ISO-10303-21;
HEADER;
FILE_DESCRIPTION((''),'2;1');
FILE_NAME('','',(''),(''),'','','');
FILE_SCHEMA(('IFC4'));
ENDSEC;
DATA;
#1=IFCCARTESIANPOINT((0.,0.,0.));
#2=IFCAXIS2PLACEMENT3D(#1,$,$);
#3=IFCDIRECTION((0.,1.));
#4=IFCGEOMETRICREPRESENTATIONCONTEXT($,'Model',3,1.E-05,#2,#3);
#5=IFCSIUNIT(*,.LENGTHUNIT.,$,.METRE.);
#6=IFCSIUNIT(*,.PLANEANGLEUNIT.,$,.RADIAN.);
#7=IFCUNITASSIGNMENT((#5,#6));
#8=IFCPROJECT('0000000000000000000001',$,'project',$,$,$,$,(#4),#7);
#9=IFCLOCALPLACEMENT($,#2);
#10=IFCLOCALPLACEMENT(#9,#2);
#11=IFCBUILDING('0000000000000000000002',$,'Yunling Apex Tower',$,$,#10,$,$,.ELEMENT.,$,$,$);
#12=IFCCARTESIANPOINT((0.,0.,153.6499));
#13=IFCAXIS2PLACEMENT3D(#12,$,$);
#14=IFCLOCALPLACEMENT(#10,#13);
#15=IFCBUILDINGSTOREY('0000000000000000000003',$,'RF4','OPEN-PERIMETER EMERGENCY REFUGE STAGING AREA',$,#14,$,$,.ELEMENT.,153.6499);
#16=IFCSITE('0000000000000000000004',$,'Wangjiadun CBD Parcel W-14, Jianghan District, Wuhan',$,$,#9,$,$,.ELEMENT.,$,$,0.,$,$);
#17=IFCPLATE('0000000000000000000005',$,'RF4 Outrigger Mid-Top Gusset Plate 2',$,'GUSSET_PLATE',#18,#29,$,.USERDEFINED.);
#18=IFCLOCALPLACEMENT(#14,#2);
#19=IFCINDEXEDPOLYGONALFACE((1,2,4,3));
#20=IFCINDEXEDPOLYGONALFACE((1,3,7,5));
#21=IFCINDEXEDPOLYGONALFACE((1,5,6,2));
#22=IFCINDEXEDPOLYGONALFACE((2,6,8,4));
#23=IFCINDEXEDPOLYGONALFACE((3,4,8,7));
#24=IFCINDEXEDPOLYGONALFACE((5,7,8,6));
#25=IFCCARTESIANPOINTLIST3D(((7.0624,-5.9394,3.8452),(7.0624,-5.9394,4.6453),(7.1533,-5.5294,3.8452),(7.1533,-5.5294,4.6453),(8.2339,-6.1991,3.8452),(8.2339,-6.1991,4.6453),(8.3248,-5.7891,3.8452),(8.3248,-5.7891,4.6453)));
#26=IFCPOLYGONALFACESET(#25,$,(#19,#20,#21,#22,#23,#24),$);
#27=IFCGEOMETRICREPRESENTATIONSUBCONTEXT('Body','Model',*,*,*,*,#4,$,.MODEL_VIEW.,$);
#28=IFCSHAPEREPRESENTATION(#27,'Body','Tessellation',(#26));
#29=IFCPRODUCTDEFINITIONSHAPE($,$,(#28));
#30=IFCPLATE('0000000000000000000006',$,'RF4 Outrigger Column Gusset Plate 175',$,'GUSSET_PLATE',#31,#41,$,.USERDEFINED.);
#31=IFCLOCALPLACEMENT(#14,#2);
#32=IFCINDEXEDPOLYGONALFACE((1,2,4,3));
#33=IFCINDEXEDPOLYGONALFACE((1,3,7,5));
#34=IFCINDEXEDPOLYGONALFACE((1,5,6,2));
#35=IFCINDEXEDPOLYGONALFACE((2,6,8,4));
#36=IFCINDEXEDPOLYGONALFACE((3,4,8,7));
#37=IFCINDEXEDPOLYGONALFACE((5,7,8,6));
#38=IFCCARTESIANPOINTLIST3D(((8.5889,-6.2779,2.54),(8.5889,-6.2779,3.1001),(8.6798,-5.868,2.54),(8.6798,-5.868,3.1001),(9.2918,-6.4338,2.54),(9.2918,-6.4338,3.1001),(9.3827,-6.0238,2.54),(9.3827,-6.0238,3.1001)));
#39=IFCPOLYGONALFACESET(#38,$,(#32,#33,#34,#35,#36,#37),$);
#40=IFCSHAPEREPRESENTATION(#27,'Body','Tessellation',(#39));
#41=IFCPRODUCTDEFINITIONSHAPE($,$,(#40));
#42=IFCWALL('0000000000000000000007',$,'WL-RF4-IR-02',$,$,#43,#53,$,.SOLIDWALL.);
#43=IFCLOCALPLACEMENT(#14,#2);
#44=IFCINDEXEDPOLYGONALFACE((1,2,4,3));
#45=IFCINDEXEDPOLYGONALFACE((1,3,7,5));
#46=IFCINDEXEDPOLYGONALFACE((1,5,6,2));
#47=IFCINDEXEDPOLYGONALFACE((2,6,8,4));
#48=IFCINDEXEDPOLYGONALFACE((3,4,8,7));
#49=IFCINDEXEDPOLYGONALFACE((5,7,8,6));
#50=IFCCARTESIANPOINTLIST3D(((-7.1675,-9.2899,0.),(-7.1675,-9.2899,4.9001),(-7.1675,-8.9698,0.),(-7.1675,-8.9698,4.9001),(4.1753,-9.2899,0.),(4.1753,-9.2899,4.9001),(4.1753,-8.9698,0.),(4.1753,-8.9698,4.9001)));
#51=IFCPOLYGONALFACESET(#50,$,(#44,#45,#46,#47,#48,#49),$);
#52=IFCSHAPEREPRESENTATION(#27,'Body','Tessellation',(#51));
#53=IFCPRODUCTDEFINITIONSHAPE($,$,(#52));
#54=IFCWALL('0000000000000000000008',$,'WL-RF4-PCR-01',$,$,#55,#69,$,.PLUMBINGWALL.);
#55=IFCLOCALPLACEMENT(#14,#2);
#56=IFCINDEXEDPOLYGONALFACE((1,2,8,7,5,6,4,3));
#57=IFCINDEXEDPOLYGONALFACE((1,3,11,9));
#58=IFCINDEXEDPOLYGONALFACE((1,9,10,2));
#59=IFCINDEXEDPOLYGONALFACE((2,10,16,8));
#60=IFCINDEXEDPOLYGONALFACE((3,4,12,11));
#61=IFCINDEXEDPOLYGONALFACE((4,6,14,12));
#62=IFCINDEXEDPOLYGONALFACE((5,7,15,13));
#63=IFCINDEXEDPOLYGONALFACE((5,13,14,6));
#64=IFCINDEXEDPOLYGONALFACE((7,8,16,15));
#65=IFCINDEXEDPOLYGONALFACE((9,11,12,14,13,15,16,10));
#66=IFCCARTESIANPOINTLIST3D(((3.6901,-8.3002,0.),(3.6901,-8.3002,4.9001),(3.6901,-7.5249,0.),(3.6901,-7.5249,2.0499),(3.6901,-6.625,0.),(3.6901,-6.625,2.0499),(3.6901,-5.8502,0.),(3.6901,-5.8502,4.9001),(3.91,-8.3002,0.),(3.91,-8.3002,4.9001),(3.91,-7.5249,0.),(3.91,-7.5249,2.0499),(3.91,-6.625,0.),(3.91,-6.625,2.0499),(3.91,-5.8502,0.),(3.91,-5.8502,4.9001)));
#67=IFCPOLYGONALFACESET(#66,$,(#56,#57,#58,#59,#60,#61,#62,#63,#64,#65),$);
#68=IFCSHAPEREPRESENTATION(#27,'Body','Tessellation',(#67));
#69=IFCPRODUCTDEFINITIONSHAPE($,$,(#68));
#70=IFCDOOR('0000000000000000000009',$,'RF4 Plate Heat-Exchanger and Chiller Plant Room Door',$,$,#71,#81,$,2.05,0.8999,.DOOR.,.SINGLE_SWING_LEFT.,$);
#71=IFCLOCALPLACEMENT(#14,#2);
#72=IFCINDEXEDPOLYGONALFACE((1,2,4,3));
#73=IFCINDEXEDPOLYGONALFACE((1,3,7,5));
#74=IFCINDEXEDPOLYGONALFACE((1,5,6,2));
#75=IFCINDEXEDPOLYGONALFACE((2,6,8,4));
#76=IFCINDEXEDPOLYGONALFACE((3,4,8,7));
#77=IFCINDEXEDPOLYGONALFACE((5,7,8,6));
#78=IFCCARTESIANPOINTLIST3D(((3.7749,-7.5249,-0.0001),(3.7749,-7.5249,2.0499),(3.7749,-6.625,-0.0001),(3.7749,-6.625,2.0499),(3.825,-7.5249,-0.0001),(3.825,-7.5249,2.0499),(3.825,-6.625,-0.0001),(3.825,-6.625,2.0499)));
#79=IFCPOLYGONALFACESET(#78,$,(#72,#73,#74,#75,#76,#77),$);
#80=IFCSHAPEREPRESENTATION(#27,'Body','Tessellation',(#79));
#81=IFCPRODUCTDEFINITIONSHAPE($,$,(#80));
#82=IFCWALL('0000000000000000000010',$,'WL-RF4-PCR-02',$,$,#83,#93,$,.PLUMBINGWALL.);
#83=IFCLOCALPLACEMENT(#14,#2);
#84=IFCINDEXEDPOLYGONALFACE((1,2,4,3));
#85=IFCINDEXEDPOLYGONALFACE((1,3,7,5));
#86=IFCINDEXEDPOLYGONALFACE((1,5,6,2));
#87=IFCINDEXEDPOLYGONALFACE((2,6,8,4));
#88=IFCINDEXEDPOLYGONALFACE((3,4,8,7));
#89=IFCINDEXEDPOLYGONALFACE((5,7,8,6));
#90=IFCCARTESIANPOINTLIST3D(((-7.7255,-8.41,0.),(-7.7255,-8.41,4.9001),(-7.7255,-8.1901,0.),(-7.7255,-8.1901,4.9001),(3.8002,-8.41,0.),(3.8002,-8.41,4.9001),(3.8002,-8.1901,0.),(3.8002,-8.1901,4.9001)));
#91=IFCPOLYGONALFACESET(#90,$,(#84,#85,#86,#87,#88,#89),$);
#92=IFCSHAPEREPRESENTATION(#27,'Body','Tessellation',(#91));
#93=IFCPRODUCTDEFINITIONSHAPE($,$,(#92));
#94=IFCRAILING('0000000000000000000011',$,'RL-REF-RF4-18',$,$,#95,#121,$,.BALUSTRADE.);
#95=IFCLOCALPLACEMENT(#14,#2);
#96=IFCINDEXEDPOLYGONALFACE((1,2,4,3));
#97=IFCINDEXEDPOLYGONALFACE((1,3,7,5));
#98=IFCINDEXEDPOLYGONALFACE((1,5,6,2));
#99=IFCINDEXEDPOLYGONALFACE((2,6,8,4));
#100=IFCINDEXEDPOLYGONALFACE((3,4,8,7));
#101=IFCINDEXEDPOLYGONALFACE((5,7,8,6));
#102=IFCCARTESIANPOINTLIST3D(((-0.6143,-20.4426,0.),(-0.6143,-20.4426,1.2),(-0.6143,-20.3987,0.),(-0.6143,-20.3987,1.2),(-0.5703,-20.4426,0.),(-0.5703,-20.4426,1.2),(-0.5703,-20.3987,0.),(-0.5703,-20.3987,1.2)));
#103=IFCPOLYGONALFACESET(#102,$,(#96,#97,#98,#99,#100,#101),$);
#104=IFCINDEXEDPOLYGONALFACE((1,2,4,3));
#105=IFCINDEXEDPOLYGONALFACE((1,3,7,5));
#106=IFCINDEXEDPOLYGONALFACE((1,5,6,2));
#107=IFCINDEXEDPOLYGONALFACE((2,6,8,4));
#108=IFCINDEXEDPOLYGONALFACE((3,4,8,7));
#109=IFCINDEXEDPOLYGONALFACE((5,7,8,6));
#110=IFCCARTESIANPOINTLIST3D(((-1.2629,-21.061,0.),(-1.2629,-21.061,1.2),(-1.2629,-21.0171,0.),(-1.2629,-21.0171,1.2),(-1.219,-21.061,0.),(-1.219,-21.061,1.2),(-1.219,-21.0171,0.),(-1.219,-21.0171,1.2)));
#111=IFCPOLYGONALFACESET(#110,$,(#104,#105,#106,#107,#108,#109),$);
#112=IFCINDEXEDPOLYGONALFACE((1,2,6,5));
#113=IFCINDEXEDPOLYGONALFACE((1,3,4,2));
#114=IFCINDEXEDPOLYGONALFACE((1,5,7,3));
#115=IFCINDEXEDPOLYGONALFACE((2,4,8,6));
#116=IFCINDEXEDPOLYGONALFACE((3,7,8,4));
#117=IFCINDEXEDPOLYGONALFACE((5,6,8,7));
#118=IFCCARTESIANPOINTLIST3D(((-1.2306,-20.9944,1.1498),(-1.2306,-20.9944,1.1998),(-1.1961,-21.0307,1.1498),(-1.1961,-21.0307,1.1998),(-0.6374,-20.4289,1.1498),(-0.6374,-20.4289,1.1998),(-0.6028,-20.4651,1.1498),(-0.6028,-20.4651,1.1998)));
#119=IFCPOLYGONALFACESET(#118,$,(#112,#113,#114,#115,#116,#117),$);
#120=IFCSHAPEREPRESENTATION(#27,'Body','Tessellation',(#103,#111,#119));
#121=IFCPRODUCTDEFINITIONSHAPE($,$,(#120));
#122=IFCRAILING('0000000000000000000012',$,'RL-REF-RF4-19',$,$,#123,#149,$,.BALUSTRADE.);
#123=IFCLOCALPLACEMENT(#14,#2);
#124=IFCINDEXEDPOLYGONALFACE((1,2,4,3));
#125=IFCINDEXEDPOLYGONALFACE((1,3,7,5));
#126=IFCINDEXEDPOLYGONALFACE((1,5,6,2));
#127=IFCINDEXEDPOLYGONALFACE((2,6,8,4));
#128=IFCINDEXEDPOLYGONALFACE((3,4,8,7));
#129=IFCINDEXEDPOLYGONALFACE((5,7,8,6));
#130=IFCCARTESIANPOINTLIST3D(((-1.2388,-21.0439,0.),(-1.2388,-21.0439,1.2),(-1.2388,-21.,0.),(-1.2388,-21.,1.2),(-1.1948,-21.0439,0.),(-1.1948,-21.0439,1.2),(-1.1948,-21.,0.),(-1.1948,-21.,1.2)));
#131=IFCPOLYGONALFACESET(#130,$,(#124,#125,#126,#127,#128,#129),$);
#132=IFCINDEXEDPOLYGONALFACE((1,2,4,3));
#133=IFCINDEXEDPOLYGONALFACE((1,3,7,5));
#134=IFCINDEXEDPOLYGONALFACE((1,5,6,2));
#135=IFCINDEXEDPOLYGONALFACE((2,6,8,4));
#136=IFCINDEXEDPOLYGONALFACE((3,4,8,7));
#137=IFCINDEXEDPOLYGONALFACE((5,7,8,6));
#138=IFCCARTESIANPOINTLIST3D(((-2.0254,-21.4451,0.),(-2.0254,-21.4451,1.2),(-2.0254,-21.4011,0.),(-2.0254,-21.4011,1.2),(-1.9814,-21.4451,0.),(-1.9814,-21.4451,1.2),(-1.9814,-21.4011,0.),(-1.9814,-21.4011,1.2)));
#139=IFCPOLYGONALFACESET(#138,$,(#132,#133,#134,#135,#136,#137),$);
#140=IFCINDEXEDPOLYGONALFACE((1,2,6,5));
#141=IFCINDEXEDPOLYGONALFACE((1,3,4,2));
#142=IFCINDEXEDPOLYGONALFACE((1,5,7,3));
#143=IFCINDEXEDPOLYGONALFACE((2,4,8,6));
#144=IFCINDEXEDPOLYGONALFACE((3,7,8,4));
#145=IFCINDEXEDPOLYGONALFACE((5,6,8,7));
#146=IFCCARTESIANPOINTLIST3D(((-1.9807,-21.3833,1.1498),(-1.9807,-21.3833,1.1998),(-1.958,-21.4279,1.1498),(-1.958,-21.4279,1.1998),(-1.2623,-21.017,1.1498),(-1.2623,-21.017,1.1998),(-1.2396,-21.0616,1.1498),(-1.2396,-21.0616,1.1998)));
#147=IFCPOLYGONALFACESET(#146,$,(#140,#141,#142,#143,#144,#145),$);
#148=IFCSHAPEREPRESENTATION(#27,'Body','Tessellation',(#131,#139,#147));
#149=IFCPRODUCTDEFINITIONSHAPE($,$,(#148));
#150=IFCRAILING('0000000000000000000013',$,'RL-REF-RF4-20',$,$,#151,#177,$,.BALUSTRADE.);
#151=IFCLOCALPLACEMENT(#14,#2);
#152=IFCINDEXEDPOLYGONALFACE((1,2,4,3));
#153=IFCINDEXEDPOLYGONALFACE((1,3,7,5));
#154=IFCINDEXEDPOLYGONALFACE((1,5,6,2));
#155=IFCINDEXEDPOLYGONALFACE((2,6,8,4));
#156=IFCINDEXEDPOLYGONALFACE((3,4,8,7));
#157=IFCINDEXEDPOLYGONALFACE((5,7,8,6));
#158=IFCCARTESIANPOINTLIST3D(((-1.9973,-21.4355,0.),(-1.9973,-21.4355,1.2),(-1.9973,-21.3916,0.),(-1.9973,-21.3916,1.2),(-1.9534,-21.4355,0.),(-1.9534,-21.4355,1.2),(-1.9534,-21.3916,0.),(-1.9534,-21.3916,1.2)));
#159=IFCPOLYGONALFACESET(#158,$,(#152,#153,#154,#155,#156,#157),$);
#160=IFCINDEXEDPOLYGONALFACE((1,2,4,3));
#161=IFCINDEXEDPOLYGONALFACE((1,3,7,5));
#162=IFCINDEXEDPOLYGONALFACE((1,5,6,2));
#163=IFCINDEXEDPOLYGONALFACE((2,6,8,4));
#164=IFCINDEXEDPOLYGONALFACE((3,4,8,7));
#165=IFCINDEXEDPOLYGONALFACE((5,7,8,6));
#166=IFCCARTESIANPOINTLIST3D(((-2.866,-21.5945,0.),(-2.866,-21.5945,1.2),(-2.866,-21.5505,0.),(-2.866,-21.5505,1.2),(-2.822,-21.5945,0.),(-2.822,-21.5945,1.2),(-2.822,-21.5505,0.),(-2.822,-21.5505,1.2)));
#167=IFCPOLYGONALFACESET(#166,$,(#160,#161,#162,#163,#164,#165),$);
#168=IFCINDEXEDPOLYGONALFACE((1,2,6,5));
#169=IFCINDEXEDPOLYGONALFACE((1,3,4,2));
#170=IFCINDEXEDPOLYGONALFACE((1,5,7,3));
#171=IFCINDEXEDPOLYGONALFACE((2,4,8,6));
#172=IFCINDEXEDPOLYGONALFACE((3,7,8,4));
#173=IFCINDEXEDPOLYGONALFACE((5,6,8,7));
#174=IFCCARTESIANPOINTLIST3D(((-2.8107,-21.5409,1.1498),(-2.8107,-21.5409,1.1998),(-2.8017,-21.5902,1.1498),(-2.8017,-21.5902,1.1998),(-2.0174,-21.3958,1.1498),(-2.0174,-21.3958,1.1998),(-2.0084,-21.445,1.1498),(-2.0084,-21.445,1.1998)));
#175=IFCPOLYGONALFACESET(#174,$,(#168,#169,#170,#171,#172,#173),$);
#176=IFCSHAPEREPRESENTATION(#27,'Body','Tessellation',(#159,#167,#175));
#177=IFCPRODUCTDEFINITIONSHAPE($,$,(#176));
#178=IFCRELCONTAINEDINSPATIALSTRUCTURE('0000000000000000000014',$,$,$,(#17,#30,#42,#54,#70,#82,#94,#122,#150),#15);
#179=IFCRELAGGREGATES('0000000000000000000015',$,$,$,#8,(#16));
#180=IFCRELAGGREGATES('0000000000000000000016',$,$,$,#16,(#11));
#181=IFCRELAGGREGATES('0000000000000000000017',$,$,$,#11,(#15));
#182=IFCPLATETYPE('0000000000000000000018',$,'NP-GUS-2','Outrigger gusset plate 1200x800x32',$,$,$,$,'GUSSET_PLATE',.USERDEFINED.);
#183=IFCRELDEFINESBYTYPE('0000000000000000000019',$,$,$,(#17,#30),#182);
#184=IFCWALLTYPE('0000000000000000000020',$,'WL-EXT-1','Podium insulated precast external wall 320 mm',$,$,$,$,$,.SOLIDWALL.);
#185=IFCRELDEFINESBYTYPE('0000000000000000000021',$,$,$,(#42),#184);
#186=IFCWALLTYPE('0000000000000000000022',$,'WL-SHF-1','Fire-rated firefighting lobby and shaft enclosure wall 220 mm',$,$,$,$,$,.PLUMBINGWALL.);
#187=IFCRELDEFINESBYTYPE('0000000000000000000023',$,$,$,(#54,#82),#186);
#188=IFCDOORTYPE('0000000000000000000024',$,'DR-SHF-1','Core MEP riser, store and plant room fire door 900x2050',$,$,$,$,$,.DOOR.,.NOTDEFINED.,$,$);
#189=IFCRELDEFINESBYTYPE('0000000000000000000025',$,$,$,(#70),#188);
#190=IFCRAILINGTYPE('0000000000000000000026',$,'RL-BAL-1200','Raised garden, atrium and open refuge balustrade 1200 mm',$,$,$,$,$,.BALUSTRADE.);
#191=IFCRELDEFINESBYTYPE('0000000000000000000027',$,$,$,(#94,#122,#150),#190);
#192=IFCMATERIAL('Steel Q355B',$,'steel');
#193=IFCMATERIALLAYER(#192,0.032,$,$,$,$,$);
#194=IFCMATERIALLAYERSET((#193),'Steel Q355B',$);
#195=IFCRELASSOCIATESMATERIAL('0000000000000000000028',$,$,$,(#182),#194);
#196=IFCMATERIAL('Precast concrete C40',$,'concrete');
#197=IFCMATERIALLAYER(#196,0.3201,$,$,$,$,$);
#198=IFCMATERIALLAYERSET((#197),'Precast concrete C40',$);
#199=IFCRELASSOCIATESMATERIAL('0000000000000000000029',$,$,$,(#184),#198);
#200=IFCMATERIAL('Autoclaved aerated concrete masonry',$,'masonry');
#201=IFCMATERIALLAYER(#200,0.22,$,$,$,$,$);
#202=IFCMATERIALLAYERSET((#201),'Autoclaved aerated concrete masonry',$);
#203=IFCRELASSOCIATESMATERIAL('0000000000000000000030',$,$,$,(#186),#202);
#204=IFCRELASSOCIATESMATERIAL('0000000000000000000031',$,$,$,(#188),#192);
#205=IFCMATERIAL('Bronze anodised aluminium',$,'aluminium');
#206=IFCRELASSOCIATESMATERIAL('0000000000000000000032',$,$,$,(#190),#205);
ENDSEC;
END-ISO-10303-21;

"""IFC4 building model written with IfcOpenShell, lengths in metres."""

from ifc_helpers import new_model, si_unit, direction, frame, frame_2d, origin, origin_2d, place, context, subcontext, project, spatial, rectangle, extrude, source, transform, mapped, material, layer, layer_set, type_object, element, fill, save


model = new_model("IFC4")

# Units and contexts
model_context = context("Model", 3, precision=1e-05, world=origin(), true_north=direction((0.0, 1.0)))
body_context = subcontext(model_context, "Body", "Model", "MODEL_VIEW")
ifc_project = project(units=[si_unit("LENGTHUNIT", "METRE"), si_unit("PLANEANGLEUNIT", "RADIAN")], contexts=[model_context])

# Site, building, storey
site_placement = place(None, origin())
site = spatial("IfcSite", under=ifc_project, at=site_placement, Name="Wangjiadun CBD Parcel W-14, Jianghan District, Wuhan", CompositionType="ELEMENT", RefElevation=0.0)
building_placement = place(site_placement, origin())
building = spatial("IfcBuilding", under=site, at=building_placement, Name="Yunling Apex Tower", CompositionType="ELEMENT")
storey_placement = place(building_placement, frame((0.0, 0.0, 153.6499)))
storey = spatial("IfcBuildingStorey", under=building, at=storey_placement, Name="RF4", Description="OPEN-PERIMETER EMERGENCY REFUGE STAGING AREA", CompositionType="ELEMENT", Elevation=153.6499)

# Shared definitions
ifc_material_1 = material(Name="Steel Q355B", Category="steel")

# Plates
ifc_layer_1 = layer(ifc_material_1, 0.032)
ifc_layer_set_1 = layer_set([ifc_layer_1], Name="Steel Q355B")
plate_type_1 = type_object("IfcPlateType", Name="NP-GUS-2", Description="Outrigger gusset plate 1200x800x32", ElementType="GUSSET_PLATE", PredefinedType="USERDEFINED", material=ifc_layer_set_1)
shared_shape_1 = source(origin(), body_context, "Body", "SweptSolid", [
    extrude(rectangle(XDim=1.2, YDim=0.4199, at=origin_2d()), origin(), (0.0, 0.0, 1.0), 0.8),
])
plate_1_placement = place(storey_placement, frame((7.6936, -5.8643, 3.8452), z_axis=(0.0, 0.0, 1.0), x_axis=(0.976296, -0.21644, 0.0)))
element("IfcPlate", 1, at=plate_1_placement, inside=storey, type_object=plate_type_1, Name="RF4 Outrigger Mid-Top Gusset Plate 2", ObjectType="GUSSET_PLATE", PredefinedType="USERDEFINED", context=body_context, shape_type="MappedRepresentation", body=[
    mapped(shared_shape_1, transform((0.0, 0.0, 0.0), scale=1.0)),
])
shared_shape_2 = source(origin(), body_context, "Body", "SweptSolid", [
    extrude(rectangle(XDim=0.72, YDim=0.4199, at=origin_2d()), origin(), (0.0, 0.0, 1.0), 0.5601),
])
plate_2_placement = place(storey_placement, frame((8.9858, -6.1509, 2.54), z_axis=(0.0, 0.0, 1.0), x_axis=(0.976296, -0.21644, 0.0)))
element("IfcPlate", 2, at=plate_2_placement, inside=storey, type_object=plate_type_1, Name="RF4 Outrigger Column Gusset Plate 175", ObjectType="GUSSET_PLATE", PredefinedType="USERDEFINED", context=body_context, shape_type="MappedRepresentation", body=[
    mapped(shared_shape_2, transform((0.0, 0.0, 0.0), scale=1.0)),
])

# Wall
ifc_material_2 = material(Name="Precast concrete C40", Category="concrete")
ifc_layer_2 = layer(ifc_material_2, 0.3201)
ifc_layer_set_2 = layer_set([ifc_layer_2], Name="Precast concrete C40")
wall_type_1 = type_object("IfcWallType", Name="WL-EXT-1", Description="Podium insulated precast external wall 320 mm", PredefinedType="SOLIDWALL", material=ifc_layer_set_2)
wall_1_placement = place(storey_placement, frame((4.1753, -9.1299, 0.0), z_axis=(0.0, 0.0, 1.0), x_axis=(-1.0, 0.0, 0.0)))
element("IfcWall", 3, at=wall_1_placement, inside=storey, type_object=wall_type_1, Name="WL-RF4-IR-02", PredefinedType="SOLIDWALL", context=body_context, shape_type="SweptSolid", body=[
    extrude(rectangle(XDim=11.3428, YDim=0.3201, at=frame_2d((5.6714, 0.0))), origin(), (0.0, 0.0, 1.0), 4.9001),
])

# Wall, opening, door
ifc_material_3 = material(Name="Autoclaved aerated concrete masonry", Category="masonry")
ifc_layer_3 = layer(ifc_material_3, 0.22)
ifc_layer_set_3 = layer_set([ifc_layer_3], Name="Autoclaved aerated concrete masonry")
wall_type_2 = type_object("IfcWallType", Name="WL-SHF-1", Description="Fire-rated firefighting lobby and shaft enclosure wall 220 mm", PredefinedType="PLUMBINGWALL", material=ifc_layer_set_3)
wall_2_placement = place(storey_placement, frame((3.8, -5.8501, 0.0), z_axis=(0.0, 0.0, 1.0), x_axis=(0.0, -1.0, 0.0)))
wall_2 = element("IfcWall", 4, at=wall_2_placement, inside=storey, type_object=wall_type_2, Name="WL-RF4-PCR-01", PredefinedType="PLUMBINGWALL", context=body_context, shape_type="SweptSolid", body=[
    extrude(rectangle(XDim=2.45, YDim=0.22, at=frame_2d((1.2251, 0.0))), origin(), (0.0, 0.0, 1.0), 4.9001),
])
opening_placement = place(wall_2_placement, frame((0.7749, 0.0, 0.0)))
opening = element("IfcOpeningElement", 5, at=opening_placement, cuts=wall_2, PredefinedType="OPENING", context=body_context, shape_type="SweptSolid", body=[
    extrude(rectangle(XDim=0.8999, YDim=2.05, at=frame_2d((0.45, 1.0249))), frame((0.0, 0.1201, 0.0), z_axis=(0.0, -1.0, 0.0), x_axis=(1.0, 0.0, 0.0)), (0.0, 0.0, 1.0), 0.24),
])
door_type = type_object("IfcDoorType", Name="DR-SHF-1", Description="Core MEP riser, store and plant room fire door 900x2050", OperationType="NOTDEFINED", PredefinedType="DOOR", material=ifc_material_1)
door_placement = place(opening_placement, origin())
door = element("IfcDoor", 6, at=door_placement, inside=storey, type_object=door_type, Name="RF4 Plate Heat-Exchanger and Chiller Plant Room Door", OperationType="SINGLE_SWING_LEFT", OverallHeight=2.05, OverallWidth=0.8999, PredefinedType="DOOR", context=body_context, shape_type="SweptSolid", body=[
    extrude(rectangle(XDim=0.8999, YDim=2.05, at=frame_2d((0.45, 1.0249))), frame((0.0, 0.0249, 0.0), z_axis=(0.0, -1.0, 0.0), x_axis=(1.0, 0.0, 0.0)), (0.0, 0.0, 1.0), 0.05),
])
fill(opening, door)

# Wall
wall_3_placement = place(storey_placement, frame((3.8, -8.3, 0.0), z_axis=(0.0, 0.0, 1.0), x_axis=(-1.0, 0.0, 0.0)))
element("IfcWall", 7, at=wall_3_placement, inside=storey, type_object=wall_type_2, Name="WL-RF4-PCR-02", PredefinedType="PLUMBINGWALL", context=body_context, shape_type="SweptSolid", body=[
    extrude(rectangle(XDim=11.5256, YDim=0.22, at=frame_2d((5.7627, 0.0))), origin(), (0.0, 0.0, 1.0), 4.9001),
])

# Railings
ifc_material_4 = material(Name="Bronze anodised aluminium", Category="aluminium")
railing_type = type_object("IfcRailingType", Name="RL-BAL-1200", Description="Raised garden, atrium and open refuge balustrade 1200 mm", PredefinedType="BALUSTRADE", material=ifc_material_4)
railing_1_placement = place(storey_placement, frame((-0.5923, -20.4207, 0.0)))
element("IfcRailing", 8, at=railing_1_placement, inside=storey, type_object=railing_type, Name="RL-REF-RF4-18", PredefinedType="BALUSTRADE", context=body_context, shape_type="SweptSolid", body=[
    extrude(rectangle(XDim=0.0439, YDim=0.0439, at=origin_2d()), origin(), (0.0, 0.0, 1.0), 1.2),
    extrude(rectangle(XDim=0.0439, YDim=0.0439, at=origin_2d()), frame((-0.6487, -0.6184, 0.0)), (0.0, 0.0, 1.0), 1.2),
    extrude(rectangle(XDim=0.05, YDim=0.05, at=origin_2d()), frame((-0.0278, -0.0264, 1.1748), z_axis=(-0.723794, -0.690016, 0.0), x_axis=(0.690016, -0.723794, 0.0)), (0.0, 0.0, 1.0), 0.8196),
])
railing_2_placement = place(storey_placement, frame((-1.2168, -21.022, 0.0)))
element("IfcRailing", 9, at=railing_2_placement, inside=storey, type_object=railing_type, Name="RL-REF-RF4-19", PredefinedType="BALUSTRADE", context=body_context, shape_type="SweptSolid", body=[
    extrude(rectangle(XDim=0.0439, YDim=0.0439, at=origin_2d()), origin(), (0.0, 0.0, 1.0), 1.2),
    extrude(rectangle(XDim=0.0439, YDim=0.0439, at=origin_2d()), frame((-0.7866, -0.4011, 0.0)), (0.0, 0.0, 1.0), 1.2),
    extrude(rectangle(XDim=0.05, YDim=0.05, at=origin_2d()), frame((-0.0342, -0.0173, 1.1748), z_axis=(-0.89086, -0.454278, 0.0), x_axis=(0.454278, -0.89086, 0.0)), (0.0, 0.0, 1.0), 0.8064),
])
railing_3_placement = place(storey_placement, frame((-1.9753, -21.4136, 0.0)))
element("IfcRailing", 10, at=railing_3_placement, inside=storey, type_object=railing_type, Name="RL-REF-RF4-20", PredefinedType="BALUSTRADE", context=body_context, shape_type="SweptSolid", body=[
    extrude(rectangle(XDim=0.0439, YDim=0.0439, at=origin_2d()), origin(), (0.0, 0.0, 1.0), 1.2),
    extrude(rectangle(XDim=0.0439, YDim=0.0439, at=origin_2d()), frame((-0.8687, -0.1589, 0.0)), (0.0, 0.0, 1.0), 1.2),
    extrude(rectangle(XDim=0.05, YDim=0.05, at=origin_2d()), frame((-0.0376, -0.0068, 1.1748), z_axis=(-0.98367, -0.17998, 0.0), x_axis=(0.17998, -0.98367, 0.0)), (0.0, 0.0, 1.0), 0.8064),
])

save(model, "model.ifc")
